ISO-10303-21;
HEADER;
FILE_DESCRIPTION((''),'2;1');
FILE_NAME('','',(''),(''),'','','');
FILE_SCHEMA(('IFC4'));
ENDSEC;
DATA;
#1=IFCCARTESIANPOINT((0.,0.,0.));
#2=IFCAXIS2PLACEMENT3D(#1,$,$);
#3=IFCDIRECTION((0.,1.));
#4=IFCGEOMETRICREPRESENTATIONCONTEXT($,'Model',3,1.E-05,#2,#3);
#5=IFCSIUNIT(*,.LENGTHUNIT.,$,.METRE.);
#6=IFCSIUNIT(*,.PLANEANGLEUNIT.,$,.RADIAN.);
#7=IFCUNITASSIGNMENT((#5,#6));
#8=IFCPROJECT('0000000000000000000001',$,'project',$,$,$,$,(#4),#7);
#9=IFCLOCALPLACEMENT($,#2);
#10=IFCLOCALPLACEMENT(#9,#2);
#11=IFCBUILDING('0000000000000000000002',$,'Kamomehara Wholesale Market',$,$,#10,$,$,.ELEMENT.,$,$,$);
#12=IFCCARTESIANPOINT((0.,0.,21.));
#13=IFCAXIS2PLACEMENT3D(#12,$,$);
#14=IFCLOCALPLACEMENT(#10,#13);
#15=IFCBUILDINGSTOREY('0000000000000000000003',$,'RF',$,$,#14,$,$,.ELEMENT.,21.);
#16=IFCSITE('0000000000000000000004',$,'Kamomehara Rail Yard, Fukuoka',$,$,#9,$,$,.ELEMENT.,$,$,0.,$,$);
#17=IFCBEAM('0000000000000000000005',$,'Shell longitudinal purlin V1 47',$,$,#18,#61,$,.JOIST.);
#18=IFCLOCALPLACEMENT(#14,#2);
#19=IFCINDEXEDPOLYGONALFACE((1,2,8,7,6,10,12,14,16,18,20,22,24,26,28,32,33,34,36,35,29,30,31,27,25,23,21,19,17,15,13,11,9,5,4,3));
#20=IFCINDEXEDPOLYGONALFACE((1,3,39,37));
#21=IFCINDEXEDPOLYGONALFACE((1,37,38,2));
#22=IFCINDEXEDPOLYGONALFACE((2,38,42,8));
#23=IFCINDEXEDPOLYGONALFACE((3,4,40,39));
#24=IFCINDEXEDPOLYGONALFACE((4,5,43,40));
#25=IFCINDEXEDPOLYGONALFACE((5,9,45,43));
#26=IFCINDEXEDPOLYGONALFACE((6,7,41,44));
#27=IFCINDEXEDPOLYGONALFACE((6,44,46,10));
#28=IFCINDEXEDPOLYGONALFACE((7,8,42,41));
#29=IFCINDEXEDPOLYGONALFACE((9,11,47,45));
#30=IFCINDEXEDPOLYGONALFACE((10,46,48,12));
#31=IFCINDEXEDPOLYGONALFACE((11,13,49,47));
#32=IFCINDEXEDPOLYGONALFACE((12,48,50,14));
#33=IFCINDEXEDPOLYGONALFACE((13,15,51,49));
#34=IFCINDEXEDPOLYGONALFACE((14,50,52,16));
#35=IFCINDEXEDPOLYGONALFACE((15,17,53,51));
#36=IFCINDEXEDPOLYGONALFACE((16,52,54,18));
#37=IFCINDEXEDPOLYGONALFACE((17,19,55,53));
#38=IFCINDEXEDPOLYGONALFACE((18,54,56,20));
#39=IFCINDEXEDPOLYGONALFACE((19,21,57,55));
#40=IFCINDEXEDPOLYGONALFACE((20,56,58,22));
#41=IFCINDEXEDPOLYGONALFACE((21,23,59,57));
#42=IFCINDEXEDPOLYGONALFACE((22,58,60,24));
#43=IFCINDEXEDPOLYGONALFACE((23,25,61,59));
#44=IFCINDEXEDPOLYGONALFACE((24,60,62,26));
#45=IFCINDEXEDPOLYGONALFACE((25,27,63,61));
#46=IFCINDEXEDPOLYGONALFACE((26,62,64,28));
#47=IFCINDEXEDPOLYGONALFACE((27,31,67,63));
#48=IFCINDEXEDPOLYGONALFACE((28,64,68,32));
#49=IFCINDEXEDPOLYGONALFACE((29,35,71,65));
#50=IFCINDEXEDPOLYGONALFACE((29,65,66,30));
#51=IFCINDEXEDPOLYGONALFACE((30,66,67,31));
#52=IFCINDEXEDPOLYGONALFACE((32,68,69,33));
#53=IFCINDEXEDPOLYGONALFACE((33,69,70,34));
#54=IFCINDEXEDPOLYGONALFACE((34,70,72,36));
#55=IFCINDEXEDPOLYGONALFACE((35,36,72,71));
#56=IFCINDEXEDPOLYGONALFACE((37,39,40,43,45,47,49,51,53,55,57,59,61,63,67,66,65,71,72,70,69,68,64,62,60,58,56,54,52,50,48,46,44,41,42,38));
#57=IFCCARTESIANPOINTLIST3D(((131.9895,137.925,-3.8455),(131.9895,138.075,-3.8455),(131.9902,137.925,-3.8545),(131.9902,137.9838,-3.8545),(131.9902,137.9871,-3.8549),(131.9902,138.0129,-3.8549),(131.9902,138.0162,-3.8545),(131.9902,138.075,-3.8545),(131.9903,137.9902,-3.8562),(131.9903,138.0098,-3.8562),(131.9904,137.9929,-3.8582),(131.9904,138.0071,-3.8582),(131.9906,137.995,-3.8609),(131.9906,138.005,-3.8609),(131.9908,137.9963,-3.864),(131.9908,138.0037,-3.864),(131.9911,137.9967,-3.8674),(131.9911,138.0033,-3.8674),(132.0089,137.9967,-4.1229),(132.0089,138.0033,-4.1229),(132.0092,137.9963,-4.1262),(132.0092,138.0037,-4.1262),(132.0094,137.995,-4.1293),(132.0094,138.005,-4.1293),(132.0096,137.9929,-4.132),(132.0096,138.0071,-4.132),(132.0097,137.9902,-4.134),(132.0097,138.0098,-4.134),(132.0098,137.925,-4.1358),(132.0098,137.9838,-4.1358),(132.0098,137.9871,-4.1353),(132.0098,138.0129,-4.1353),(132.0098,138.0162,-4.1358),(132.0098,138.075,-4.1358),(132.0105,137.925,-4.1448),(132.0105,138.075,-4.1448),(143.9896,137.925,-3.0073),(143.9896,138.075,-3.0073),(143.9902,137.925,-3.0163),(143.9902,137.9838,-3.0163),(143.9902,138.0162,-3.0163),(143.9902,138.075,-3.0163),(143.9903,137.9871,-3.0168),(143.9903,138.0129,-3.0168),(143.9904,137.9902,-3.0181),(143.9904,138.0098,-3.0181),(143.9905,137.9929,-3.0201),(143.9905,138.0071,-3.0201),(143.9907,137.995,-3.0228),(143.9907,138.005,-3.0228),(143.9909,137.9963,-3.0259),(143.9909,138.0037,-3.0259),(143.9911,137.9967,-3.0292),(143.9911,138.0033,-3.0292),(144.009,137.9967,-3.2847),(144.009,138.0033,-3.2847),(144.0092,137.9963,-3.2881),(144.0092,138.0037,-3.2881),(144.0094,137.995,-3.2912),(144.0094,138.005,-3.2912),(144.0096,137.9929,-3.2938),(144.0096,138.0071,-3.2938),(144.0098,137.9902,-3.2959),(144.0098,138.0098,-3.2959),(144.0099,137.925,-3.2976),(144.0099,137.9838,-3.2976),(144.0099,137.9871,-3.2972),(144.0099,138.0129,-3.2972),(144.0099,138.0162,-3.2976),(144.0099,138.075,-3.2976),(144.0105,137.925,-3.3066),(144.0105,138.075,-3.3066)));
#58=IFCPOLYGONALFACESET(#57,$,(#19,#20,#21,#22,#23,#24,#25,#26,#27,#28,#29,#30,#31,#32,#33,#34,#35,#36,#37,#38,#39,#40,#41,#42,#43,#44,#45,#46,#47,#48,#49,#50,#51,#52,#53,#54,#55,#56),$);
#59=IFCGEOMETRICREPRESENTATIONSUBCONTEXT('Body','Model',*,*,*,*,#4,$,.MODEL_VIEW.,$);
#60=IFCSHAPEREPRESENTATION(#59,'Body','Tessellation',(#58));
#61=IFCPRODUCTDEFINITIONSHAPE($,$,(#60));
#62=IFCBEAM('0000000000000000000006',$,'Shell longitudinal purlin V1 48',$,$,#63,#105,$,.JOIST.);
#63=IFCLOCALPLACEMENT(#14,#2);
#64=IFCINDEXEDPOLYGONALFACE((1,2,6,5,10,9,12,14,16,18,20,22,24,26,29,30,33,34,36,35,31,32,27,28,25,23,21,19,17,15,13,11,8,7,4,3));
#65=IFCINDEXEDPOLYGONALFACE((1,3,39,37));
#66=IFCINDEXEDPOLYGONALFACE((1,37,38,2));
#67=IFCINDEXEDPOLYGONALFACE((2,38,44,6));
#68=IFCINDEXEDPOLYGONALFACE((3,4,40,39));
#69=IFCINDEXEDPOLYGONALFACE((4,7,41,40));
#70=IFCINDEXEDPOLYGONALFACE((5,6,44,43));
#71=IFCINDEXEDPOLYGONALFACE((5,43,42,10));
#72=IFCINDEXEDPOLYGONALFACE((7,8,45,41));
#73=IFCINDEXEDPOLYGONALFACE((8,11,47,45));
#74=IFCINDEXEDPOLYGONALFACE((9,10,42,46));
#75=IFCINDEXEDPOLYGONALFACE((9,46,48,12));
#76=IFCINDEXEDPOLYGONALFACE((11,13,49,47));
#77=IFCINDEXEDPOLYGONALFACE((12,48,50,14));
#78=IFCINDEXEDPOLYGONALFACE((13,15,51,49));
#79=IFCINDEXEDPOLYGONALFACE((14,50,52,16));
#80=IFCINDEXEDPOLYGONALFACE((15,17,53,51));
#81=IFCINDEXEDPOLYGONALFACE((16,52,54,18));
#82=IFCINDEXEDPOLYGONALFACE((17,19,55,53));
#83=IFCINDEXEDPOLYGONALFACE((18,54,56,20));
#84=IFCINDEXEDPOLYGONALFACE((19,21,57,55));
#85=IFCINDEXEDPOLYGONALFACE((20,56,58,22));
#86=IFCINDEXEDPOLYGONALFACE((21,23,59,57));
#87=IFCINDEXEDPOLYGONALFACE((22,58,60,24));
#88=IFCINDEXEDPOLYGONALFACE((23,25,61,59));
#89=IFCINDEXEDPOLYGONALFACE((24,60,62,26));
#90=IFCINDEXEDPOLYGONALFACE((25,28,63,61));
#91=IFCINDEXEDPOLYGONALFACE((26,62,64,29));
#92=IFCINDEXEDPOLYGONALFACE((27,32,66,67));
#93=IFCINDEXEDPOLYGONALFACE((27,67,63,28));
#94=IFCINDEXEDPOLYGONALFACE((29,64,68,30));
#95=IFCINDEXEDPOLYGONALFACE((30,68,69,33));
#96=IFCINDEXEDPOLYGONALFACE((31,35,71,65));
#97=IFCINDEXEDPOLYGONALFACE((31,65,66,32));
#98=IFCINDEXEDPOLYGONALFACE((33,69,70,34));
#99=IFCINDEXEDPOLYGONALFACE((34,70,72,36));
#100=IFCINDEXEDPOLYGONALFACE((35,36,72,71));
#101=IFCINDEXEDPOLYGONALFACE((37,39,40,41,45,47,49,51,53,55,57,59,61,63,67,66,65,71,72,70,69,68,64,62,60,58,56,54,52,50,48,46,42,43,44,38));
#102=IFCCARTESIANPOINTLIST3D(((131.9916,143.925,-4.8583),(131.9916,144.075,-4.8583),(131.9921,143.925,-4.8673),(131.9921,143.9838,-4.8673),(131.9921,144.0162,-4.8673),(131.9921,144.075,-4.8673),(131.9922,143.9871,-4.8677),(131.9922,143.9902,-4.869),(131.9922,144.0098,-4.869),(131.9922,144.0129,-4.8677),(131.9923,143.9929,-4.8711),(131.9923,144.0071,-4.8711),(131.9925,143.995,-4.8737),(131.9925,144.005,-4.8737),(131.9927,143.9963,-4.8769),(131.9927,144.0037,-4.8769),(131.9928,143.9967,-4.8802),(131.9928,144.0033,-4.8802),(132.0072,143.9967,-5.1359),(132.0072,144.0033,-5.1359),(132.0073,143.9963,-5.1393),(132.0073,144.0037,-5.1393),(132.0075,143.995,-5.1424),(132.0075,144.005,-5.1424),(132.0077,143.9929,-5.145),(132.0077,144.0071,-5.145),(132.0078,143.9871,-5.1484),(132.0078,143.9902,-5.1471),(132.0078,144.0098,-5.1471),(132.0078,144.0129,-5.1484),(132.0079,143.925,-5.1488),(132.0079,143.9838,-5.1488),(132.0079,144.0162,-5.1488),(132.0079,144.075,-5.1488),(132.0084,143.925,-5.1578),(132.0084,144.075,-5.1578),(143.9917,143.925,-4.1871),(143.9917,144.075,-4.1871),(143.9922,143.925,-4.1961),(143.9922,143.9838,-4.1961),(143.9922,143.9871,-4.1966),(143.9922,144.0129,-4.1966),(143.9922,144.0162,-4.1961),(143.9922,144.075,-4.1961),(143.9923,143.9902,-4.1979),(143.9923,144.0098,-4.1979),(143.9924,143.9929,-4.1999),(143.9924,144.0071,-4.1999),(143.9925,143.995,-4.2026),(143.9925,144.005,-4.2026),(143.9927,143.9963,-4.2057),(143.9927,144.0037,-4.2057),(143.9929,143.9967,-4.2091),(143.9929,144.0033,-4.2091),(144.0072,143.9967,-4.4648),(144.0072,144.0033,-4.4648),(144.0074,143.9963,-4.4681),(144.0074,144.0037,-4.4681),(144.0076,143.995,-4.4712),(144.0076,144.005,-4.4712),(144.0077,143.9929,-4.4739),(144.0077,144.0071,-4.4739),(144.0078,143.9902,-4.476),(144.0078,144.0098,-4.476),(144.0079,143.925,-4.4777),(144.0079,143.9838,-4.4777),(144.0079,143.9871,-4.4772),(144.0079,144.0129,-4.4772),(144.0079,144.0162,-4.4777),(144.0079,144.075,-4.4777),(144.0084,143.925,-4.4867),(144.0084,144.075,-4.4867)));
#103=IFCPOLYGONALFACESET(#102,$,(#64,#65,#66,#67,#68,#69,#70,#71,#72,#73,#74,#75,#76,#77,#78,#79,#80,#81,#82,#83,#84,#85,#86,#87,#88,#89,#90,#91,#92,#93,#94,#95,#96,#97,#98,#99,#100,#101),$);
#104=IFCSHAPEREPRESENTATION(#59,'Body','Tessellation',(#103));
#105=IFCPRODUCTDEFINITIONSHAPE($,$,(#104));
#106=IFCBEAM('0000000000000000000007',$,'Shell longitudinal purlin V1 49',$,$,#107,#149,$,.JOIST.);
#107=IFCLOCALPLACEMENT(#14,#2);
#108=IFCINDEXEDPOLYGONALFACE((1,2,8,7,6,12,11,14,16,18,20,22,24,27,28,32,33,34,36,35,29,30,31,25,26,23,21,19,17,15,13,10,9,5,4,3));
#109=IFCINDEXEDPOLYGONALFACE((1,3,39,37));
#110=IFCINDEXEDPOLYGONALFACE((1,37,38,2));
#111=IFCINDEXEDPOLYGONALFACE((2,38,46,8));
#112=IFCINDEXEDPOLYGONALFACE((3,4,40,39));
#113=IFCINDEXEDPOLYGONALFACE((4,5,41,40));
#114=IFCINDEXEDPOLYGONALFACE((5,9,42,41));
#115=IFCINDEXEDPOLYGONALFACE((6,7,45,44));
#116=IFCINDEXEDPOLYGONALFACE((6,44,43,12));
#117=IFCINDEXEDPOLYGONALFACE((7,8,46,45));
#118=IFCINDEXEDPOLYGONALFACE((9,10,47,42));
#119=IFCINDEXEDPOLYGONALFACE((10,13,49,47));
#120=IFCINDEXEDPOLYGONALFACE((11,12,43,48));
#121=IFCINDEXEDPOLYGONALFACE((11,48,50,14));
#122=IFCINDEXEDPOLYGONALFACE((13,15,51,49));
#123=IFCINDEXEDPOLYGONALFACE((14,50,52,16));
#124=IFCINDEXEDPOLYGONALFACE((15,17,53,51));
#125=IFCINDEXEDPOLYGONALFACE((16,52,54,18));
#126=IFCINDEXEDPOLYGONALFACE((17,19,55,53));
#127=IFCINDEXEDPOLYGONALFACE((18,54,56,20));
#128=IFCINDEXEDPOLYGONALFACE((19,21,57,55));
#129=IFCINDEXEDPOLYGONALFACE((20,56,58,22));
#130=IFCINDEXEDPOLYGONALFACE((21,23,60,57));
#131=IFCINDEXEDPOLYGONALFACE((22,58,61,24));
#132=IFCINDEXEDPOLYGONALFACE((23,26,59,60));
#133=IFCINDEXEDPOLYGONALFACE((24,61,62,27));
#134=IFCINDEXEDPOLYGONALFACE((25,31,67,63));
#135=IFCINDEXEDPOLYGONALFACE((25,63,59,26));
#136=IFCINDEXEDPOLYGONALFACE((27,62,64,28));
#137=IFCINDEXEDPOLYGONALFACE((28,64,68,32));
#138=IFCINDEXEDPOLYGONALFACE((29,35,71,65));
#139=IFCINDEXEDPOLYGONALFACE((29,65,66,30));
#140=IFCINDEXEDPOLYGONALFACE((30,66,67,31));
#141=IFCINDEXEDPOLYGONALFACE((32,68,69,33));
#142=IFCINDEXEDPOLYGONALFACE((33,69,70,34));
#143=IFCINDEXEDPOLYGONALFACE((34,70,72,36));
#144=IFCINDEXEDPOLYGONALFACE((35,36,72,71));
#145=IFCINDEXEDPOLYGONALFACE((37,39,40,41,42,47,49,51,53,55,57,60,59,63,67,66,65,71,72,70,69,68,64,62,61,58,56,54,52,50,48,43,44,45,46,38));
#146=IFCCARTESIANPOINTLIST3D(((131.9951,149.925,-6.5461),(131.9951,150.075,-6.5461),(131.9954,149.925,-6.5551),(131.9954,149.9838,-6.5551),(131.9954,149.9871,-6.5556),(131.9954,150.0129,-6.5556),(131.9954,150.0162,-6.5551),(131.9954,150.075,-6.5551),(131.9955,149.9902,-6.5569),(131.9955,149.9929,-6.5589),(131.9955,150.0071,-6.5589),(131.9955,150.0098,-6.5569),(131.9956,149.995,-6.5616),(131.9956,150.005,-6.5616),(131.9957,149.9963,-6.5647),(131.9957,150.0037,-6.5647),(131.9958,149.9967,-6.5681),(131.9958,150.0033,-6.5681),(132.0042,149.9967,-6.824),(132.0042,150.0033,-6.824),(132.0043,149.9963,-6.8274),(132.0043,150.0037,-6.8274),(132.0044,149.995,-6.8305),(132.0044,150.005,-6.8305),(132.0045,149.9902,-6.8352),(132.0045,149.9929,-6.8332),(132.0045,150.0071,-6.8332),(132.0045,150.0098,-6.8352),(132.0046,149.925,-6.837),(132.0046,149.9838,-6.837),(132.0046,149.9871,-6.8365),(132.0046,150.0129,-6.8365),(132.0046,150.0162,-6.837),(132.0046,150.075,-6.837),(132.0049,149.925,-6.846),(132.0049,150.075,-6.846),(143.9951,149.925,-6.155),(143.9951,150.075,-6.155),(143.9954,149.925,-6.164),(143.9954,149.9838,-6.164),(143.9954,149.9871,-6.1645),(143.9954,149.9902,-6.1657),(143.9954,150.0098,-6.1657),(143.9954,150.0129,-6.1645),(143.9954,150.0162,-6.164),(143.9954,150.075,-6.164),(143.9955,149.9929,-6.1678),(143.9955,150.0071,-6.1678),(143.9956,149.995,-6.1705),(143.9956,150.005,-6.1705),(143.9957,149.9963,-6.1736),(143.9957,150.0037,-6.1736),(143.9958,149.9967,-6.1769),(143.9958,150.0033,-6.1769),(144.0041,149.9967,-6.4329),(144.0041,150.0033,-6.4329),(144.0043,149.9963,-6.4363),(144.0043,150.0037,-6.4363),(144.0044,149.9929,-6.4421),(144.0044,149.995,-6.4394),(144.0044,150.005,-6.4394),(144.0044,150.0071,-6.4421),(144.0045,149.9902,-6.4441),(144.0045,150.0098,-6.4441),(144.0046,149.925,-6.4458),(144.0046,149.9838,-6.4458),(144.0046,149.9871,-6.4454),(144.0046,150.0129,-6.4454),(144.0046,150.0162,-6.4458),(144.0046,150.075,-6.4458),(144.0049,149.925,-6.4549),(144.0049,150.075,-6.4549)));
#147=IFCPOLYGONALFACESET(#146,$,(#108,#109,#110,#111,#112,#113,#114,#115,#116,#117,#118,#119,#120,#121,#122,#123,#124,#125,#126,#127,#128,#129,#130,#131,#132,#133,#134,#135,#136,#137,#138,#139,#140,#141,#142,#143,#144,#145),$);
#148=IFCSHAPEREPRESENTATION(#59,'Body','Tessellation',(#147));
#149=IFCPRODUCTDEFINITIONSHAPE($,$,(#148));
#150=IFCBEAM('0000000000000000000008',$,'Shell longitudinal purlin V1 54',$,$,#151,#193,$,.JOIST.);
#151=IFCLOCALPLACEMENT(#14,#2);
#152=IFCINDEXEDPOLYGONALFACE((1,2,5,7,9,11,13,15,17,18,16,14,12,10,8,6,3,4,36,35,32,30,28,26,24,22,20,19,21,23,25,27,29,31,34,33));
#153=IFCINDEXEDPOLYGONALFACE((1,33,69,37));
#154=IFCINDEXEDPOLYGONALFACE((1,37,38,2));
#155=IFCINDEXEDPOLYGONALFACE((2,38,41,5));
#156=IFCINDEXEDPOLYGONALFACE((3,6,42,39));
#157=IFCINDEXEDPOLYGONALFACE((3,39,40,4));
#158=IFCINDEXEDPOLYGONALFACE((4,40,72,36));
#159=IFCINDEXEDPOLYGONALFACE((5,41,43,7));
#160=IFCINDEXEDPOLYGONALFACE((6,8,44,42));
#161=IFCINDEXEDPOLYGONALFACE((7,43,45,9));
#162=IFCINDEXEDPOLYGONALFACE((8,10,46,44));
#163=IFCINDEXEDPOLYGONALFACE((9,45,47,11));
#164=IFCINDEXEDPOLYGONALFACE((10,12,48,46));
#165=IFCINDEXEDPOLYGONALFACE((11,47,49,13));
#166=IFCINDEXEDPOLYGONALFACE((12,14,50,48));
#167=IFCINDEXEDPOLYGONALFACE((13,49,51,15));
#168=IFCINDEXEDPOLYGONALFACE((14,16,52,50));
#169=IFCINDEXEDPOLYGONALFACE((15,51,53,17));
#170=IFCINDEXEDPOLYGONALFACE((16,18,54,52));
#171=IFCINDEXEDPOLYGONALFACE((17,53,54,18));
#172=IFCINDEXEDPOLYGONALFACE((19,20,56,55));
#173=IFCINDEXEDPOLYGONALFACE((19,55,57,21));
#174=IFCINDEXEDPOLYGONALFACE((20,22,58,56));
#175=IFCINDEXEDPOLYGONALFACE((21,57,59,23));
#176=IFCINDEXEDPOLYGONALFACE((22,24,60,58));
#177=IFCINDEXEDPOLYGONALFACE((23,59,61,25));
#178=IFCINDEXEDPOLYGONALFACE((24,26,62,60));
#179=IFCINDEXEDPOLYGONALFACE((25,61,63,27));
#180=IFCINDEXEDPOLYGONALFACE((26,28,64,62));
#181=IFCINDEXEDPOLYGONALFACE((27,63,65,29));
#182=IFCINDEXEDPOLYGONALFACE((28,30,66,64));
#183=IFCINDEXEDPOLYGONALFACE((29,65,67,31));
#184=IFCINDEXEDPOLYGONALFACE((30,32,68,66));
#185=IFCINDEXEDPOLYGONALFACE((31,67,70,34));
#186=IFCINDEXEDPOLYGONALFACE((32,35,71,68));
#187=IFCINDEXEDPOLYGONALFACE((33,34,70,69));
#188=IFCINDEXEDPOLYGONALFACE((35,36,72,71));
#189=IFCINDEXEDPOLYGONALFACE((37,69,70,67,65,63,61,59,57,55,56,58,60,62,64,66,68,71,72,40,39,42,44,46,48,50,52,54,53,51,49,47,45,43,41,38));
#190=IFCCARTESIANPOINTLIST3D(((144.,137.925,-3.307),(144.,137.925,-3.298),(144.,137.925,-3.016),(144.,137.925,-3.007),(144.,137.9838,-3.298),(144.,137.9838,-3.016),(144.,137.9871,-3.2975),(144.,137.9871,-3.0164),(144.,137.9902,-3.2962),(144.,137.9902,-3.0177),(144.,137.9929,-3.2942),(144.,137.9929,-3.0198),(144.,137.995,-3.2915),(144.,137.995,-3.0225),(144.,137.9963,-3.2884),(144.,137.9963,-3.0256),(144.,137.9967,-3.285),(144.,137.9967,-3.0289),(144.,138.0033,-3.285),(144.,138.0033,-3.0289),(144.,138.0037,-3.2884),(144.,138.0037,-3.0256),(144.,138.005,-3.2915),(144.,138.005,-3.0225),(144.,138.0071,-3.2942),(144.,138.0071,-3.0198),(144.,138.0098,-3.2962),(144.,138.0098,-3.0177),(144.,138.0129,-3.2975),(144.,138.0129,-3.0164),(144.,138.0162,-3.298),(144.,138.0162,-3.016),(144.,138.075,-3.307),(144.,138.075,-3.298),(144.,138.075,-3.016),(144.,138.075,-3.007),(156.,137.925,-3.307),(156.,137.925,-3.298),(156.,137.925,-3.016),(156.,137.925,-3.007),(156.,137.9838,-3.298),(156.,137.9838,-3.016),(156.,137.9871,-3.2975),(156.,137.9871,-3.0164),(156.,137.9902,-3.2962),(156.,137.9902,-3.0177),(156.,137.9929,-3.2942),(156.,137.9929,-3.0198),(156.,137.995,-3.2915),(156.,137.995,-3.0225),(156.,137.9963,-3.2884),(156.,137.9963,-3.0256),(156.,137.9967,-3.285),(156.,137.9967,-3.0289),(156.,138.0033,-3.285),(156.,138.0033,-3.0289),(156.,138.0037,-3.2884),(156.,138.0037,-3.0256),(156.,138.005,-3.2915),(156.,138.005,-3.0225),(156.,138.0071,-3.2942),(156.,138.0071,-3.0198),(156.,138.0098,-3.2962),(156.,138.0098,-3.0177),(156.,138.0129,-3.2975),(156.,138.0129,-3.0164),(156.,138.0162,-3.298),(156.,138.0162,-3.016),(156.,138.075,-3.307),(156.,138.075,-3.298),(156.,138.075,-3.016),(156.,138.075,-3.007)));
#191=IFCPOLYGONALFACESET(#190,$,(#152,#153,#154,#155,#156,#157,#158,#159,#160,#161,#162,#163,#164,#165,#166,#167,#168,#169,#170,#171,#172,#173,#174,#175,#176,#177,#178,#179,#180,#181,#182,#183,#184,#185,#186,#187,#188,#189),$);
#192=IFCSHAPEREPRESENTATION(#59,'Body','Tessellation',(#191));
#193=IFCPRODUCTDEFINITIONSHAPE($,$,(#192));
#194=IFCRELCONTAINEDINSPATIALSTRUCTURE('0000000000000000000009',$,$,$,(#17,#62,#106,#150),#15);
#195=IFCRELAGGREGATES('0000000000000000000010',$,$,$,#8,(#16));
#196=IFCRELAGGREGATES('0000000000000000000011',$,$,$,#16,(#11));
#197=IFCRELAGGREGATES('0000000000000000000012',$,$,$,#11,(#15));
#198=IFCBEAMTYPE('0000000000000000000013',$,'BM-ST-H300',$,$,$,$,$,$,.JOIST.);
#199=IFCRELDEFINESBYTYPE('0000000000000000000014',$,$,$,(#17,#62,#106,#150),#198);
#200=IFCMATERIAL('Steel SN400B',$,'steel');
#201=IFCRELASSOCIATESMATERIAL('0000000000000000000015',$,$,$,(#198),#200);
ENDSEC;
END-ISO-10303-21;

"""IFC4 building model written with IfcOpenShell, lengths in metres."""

from ifc_helpers import new_model, si_unit, direction, frame, origin, origin_2d, place, context, subcontext, project, spatial, i_section, extrude, material, material_profile, profile_set, type_object, element, save


model = new_model("IFC4")

# Units and contexts
model_context = context("Model", 3, precision=1e-05, world=origin(), true_north=direction((0.0, 1.0)))
body_context = subcontext(model_context, "Body", "Model", "MODEL_VIEW")
ifc_project = project(units=[si_unit("LENGTHUNIT", "METRE"), si_unit("PLANEANGLEUNIT", "RADIAN")], contexts=[model_context])

# Site, building, storey
site_placement = place(None, origin())
site = spatial("IfcSite", under=ifc_project, at=site_placement, Name="Kamomehara Rail Yard, Fukuoka", CompositionType="ELEMENT", RefElevation=0.0)
building_placement = place(site_placement, origin())
building = spatial("IfcBuilding", under=site, at=building_placement, Name="Kamomehara Wholesale Market", CompositionType="ELEMENT")
storey_placement = place(building_placement, frame((0.0, 0.0, 21.0)))
storey = spatial("IfcBuildingStorey", under=building, at=storey_placement, Name="RF", CompositionType="ELEMENT", Elevation=21.0)

# Beams
ifc_material_1 = material(Name="Steel SN400B", Category="steel")
ifc_material_profile_1 = material_profile(ifc_material_1, i_section(OverallWidth=0.1499, OverallDepth=0.3, WebThickness=0.0066, FlangeThickness=0.009, FilletRadius=0.0129, at=origin_2d()), Name="H-300x150x6.5x9")
ifc_profile_set_1 = profile_set([ifc_material_profile_1], Name="Steel SN400B")
beam_type_1 = type_object("IfcBeamType", Name="BM-ST-H300", PredefinedType="JOIST", material=ifc_profile_set_1)
beam_1_placement = place(storey_placement, frame((132.0, 138.0, -3.9951), z_axis=(0.99757, 0.0, 0.069675), x_axis=(0.0, 1.0, 0.0)))
element("IfcBeam", 1, at=beam_1_placement, inside=storey, type_object=beam_type_1, Name="Shell longitudinal purlin V1 47", PredefinedType="JOIST", context=body_context, shape_type="SweptSolid", body=[
    extrude(i_section(OverallWidth=0.1499, OverallDepth=0.3, WebThickness=0.0066, FlangeThickness=0.009, FilletRadius=0.0129, at=origin_2d()), origin(), (0.0, 0.0, 1.0), 12.0293),
])
beam_2_placement = place(storey_placement, frame((132.0, 144.0, -5.0081), z_axis=(0.99844, 0.0, 0.055841), x_axis=(0.0, 1.0, 0.0)))
element("IfcBeam", 2, at=beam_2_placement, inside=storey, type_object=beam_type_1, Name="Shell longitudinal purlin V1 48", PredefinedType="JOIST", context=body_context, shape_type="SweptSolid", body=[
    extrude(i_section(OverallWidth=0.1499, OverallDepth=0.3, WebThickness=0.0066, FlangeThickness=0.009, FilletRadius=0.0129, at=origin_2d()), origin(), (0.0, 0.0, 1.0), 12.0188),
])
beam_3_placement = place(storey_placement, frame((132.0, 150.0, -6.696), z_axis=(0.999469, 0.0, 0.032575), x_axis=(0.0, 1.0, 0.0)))
element("IfcBeam", 3, at=beam_3_placement, inside=storey, type_object=beam_type_1, Name="Shell longitudinal purlin V1 49", PredefinedType="JOIST", context=body_context, shape_type="SweptSolid", body=[
    extrude(i_section(OverallWidth=0.1499, OverallDepth=0.3, WebThickness=0.0066, FlangeThickness=0.009, FilletRadius=0.0129, at=origin_2d()), origin(), (0.0, 0.0, 1.0), 12.0063),
])
beam_4_placement = place(storey_placement, frame((144.0, 138.0, -3.157), z_axis=(1.0, 0.0, 0.0), x_axis=(0.0, 1.0, 0.0)))
element("IfcBeam", 4, at=beam_4_placement, inside=storey, type_object=beam_type_1, Name="Shell longitudinal purlin V1 54", PredefinedType="JOIST", context=body_context, shape_type="SweptSolid", body=[
    extrude(i_section(OverallWidth=0.1499, OverallDepth=0.3, WebThickness=0.0066, FlangeThickness=0.009, FilletRadius=0.0129, at=origin_2d()), origin(), (0.0, 0.0, 1.0), 12.0),
])

save(model, "model.ifc")
